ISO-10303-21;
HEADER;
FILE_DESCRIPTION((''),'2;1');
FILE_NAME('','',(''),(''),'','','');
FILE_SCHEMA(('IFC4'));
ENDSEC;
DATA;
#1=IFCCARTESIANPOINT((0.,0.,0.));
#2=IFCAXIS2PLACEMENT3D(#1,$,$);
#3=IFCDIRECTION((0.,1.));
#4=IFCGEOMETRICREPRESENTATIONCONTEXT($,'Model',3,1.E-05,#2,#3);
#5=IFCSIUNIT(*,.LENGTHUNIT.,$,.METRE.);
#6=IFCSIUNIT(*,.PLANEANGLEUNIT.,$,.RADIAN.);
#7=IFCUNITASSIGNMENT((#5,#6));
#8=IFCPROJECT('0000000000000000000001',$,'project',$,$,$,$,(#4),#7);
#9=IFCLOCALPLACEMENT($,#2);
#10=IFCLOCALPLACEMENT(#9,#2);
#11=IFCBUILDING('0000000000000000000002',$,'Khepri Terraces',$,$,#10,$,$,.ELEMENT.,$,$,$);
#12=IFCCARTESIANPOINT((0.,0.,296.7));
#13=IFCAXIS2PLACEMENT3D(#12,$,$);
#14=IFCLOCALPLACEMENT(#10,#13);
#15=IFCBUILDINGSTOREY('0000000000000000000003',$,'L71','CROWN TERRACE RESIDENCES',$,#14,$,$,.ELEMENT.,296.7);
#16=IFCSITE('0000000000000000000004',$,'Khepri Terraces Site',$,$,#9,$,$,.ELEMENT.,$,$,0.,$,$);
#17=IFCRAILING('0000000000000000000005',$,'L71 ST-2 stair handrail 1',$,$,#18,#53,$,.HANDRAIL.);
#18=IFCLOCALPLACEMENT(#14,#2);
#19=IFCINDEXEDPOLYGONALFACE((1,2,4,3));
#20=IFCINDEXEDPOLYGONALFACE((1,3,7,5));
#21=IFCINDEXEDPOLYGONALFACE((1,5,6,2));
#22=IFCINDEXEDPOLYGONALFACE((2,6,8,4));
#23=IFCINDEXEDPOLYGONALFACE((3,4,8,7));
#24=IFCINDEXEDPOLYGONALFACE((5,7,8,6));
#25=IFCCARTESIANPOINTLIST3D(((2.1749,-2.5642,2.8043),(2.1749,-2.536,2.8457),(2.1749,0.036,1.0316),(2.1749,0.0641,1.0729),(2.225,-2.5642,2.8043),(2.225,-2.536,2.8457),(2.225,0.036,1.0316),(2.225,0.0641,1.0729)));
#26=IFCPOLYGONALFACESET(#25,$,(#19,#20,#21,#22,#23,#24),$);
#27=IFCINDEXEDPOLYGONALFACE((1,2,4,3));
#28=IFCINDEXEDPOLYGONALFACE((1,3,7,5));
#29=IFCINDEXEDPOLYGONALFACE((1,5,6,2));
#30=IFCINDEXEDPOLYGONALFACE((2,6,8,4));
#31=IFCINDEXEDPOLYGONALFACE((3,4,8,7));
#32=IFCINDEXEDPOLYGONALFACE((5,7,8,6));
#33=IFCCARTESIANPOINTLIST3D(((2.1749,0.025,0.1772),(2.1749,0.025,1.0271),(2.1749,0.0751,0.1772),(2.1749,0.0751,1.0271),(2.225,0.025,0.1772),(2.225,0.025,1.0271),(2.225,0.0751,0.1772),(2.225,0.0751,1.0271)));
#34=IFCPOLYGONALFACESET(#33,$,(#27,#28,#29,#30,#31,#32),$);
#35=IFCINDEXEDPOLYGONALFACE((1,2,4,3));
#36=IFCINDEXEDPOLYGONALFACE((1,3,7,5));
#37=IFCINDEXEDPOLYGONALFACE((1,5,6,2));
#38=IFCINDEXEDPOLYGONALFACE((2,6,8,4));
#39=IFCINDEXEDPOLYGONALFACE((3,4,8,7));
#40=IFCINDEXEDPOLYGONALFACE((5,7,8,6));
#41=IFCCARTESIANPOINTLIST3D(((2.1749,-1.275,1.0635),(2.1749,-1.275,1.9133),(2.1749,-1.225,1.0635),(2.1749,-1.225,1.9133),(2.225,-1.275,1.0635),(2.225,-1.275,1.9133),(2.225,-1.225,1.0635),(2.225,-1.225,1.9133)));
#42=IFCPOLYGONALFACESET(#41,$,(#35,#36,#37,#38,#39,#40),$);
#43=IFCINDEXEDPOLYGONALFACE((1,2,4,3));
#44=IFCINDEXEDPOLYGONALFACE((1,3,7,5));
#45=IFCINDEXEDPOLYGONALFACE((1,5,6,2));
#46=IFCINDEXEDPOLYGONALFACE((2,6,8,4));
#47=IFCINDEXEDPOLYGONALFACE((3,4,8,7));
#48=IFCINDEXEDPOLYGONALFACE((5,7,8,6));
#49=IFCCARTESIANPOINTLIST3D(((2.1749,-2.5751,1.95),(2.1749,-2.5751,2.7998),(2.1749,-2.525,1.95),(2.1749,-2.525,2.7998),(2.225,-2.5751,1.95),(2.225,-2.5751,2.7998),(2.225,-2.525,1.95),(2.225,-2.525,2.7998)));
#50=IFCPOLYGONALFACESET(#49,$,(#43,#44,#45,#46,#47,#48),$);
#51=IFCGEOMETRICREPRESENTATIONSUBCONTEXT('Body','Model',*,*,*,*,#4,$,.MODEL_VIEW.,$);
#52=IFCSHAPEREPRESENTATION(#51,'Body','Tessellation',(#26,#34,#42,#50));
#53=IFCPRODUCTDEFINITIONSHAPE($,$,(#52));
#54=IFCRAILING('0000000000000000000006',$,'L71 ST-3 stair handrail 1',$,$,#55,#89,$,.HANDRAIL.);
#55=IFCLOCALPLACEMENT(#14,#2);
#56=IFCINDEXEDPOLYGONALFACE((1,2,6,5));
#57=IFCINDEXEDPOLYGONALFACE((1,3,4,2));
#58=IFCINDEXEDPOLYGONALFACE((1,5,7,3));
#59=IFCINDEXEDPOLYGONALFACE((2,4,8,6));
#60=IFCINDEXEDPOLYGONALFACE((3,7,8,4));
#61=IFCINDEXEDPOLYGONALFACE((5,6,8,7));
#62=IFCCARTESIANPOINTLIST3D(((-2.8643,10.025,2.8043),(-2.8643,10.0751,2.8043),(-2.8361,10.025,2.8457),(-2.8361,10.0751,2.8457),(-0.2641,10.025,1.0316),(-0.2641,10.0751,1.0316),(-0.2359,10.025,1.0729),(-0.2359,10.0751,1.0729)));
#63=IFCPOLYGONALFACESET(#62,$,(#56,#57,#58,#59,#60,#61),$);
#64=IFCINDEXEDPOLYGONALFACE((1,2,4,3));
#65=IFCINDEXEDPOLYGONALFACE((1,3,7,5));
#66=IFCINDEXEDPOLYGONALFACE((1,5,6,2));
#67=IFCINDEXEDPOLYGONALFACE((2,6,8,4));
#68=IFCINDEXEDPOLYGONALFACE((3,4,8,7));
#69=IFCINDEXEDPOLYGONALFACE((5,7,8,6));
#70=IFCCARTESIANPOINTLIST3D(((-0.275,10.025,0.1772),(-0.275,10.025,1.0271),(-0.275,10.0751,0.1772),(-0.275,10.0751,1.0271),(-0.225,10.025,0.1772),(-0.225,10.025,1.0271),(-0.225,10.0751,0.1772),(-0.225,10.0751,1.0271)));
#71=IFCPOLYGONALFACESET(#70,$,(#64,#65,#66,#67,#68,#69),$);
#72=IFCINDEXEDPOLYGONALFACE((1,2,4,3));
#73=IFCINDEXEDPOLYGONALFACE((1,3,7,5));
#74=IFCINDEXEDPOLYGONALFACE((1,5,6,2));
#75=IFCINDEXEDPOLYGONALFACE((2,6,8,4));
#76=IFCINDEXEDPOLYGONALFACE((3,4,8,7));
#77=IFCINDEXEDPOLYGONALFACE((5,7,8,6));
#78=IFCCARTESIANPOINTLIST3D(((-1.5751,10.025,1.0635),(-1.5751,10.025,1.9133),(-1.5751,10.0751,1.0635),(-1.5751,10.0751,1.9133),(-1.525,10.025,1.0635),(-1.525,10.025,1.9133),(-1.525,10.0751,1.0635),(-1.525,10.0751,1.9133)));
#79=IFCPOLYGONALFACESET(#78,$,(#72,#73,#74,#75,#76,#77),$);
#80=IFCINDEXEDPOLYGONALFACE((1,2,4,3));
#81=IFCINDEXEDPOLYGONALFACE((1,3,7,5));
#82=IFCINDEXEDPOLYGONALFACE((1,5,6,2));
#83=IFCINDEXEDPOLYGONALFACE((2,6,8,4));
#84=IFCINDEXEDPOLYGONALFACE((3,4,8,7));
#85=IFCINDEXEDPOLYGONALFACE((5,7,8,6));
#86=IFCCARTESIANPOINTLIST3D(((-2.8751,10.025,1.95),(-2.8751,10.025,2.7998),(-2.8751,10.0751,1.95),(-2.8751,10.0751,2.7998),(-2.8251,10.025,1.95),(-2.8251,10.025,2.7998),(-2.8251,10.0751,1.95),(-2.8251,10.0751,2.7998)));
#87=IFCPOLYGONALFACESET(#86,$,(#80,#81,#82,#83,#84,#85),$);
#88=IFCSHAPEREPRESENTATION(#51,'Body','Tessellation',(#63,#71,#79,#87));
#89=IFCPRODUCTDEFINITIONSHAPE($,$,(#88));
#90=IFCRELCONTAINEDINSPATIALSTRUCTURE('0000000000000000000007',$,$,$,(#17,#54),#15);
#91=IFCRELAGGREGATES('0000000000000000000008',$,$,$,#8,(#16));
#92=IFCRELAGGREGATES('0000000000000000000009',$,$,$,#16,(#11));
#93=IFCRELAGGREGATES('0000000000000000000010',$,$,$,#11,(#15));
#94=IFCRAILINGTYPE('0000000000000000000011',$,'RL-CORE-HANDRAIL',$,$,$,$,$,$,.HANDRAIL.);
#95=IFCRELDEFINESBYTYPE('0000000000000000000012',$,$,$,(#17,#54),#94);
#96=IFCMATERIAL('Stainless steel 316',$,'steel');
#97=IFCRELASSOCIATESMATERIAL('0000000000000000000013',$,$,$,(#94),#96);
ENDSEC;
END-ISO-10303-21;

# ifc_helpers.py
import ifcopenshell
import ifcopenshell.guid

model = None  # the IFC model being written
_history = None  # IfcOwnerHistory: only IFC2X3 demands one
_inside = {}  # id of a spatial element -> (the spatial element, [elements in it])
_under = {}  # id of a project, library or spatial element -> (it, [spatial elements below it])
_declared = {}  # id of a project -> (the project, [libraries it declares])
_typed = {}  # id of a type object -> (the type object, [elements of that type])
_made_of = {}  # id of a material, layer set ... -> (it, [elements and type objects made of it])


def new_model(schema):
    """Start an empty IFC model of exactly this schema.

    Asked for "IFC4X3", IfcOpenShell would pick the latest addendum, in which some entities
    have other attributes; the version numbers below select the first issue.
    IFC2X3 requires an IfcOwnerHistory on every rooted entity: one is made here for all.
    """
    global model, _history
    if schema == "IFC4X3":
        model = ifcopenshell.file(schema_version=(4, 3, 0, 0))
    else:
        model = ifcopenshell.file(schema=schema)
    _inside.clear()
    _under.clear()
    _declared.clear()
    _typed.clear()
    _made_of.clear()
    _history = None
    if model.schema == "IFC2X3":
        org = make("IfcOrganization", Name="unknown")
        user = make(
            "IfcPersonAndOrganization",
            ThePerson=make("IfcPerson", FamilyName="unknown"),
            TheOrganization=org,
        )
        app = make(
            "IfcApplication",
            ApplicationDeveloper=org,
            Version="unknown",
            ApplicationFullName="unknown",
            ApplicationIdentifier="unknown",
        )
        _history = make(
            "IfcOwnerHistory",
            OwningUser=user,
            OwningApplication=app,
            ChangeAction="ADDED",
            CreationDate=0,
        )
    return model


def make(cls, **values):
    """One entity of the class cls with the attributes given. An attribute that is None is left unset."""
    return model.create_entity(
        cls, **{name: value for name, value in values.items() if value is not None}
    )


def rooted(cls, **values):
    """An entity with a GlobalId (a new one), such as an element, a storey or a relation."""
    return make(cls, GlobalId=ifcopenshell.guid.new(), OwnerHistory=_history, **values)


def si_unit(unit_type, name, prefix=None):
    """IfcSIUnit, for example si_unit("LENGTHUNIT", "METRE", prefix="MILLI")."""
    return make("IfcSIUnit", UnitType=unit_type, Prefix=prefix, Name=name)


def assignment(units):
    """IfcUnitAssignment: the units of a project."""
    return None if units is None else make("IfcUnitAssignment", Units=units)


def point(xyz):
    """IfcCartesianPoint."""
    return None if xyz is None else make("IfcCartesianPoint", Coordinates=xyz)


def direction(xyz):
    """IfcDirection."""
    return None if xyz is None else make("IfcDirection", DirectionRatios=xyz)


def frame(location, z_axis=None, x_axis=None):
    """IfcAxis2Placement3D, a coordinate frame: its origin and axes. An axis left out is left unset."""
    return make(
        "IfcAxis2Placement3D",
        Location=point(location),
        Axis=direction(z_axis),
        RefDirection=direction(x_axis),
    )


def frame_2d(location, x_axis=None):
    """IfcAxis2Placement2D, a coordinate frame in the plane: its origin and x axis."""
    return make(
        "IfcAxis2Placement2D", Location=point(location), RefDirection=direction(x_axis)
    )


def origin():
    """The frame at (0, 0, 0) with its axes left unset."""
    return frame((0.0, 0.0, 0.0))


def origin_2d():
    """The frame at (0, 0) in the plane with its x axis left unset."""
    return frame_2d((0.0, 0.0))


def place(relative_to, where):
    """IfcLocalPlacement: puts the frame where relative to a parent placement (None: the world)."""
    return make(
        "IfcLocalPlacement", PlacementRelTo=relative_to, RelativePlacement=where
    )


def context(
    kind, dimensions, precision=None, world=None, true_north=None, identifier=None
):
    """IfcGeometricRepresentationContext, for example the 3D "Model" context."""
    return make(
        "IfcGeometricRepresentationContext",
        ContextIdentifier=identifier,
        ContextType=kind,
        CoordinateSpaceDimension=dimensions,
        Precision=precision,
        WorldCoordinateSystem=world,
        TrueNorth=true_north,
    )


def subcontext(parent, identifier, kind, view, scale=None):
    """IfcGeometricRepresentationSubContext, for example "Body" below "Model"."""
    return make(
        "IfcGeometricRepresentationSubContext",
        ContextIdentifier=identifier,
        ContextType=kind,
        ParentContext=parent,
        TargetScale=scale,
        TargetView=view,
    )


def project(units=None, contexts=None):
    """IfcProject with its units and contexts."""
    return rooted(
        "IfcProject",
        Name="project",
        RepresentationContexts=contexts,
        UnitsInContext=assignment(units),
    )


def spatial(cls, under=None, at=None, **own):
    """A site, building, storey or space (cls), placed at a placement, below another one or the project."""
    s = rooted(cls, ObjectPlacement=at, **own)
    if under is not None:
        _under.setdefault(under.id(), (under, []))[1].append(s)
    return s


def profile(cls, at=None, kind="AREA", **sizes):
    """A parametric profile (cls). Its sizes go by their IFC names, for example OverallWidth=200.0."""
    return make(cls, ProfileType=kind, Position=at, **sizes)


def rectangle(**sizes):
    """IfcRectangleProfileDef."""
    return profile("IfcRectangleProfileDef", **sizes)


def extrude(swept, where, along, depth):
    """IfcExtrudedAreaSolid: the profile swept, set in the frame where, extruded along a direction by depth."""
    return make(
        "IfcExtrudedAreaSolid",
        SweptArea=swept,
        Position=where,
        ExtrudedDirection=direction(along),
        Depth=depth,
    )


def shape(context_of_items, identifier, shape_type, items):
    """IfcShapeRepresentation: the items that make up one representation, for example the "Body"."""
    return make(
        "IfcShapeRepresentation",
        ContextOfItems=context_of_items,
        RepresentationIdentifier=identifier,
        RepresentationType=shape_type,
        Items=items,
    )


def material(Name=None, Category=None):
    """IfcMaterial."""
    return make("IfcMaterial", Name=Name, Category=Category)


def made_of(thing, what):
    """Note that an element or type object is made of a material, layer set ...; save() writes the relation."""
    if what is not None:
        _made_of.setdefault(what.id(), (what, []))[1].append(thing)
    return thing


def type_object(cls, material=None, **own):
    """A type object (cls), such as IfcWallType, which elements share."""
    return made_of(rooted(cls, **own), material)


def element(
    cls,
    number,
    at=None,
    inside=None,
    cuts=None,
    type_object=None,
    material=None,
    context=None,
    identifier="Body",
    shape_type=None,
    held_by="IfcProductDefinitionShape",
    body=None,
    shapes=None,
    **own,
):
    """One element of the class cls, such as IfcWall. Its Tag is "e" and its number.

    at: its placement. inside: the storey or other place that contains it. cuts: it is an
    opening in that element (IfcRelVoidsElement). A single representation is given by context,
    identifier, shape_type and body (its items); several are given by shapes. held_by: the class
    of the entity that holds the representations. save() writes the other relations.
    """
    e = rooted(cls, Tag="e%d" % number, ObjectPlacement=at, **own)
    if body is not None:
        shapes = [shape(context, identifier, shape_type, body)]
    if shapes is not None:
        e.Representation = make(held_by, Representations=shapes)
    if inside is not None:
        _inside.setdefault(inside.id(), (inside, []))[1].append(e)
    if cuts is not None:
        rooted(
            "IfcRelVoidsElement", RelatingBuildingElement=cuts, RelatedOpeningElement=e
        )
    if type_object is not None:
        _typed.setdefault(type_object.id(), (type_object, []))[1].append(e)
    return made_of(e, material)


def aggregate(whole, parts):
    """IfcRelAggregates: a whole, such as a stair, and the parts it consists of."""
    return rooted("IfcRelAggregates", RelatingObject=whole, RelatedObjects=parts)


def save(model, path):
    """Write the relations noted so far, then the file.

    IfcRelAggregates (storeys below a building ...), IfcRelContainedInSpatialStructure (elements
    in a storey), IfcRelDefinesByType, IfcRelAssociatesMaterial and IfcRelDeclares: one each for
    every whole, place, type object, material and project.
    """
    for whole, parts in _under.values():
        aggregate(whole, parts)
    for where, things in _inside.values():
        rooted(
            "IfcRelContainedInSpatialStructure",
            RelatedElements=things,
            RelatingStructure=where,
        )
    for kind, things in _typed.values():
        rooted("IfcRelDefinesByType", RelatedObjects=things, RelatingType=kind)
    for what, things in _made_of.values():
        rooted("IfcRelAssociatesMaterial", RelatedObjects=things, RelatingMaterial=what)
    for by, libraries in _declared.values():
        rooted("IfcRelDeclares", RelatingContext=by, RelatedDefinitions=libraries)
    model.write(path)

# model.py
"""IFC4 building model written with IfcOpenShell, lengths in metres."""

from ifc_helpers import new_model, si_unit, direction, frame, origin, origin_2d, place, context, subcontext, project, spatial, rectangle, extrude, material, type_object, element, save


model = new_model("IFC4")

# Units and contexts
model_context = context("Model", 3, precision=1e-05, world=origin(), true_north=direction((0.0, 1.0)))
body_context = subcontext(model_context, "Body", "Model", "MODEL_VIEW")
ifc_project = project(units=[si_unit("LENGTHUNIT", "METRE"), si_unit("PLANEANGLEUNIT", "RADIAN")], contexts=[model_context])

# Site, building, storey
site_placement = place(None, origin())
site = spatial("IfcSite", under=ifc_project, at=site_placement, Name="Khepri Terraces Site", CompositionType="ELEMENT", RefElevation=0.0)
building_placement = place(site_placement, origin())
building = spatial("IfcBuilding", under=site, at=building_placement, Name="Khepri Terraces", CompositionType="ELEMENT")
storey_placement = place(building_placement, frame((0.0, 0.0, 296.7)))
storey = spatial("IfcBuildingStorey", under=building, at=storey_placement, Name="L71", Description="CROWN TERRACE RESIDENCES", CompositionType="ELEMENT", Elevation=296.7)

# Railings
ifc_material_1 = material(Name="Stainless steel 316", Category="steel")
railing_type_1 = type_object("IfcRailingType", Name="RL-CORE-HANDRAIL", PredefinedType="HANDRAIL", material=ifc_material_1)
railing_1_placement = place(storey_placement, frame((2.2, 0.05, 0.1772)))
element("IfcRailing", 1, at=railing_1_placement, inside=storey, type_object=railing_type_1, Name="L71 ST-2 stair handrail 1", PredefinedType="HANDRAIL", context=body_context, shape_type="SweptSolid", body=[
    extrude(rectangle(XDim=0.05, YDim=0.05, at=origin_2d()), frame((0.0, 0.0, 0.875), z_axis=(0.0, -0.82624, 0.563318), x_axis=(1.0, 0.0, 0.0)), (0.0, 0.0, 1.0), 3.147),
    extrude(rectangle(XDim=0.05, YDim=0.05, at=origin_2d()), origin(), (0.0, 0.0, 1.0), 0.8499),
    extrude(rectangle(XDim=0.05, YDim=0.05, at=origin_2d()), frame((0.0, -1.3, 0.8862)), (0.0, 0.0, 1.0), 0.8499),
    extrude(rectangle(XDim=0.05, YDim=0.05, at=origin_2d()), frame((0.0, -2.6001, 1.7727)), (0.0, 0.0, 1.0), 0.8499),
])
railing_2_placement = place(storey_placement, frame((-0.25, 10.05, 0.1772)))
element("IfcRailing", 2, at=railing_2_placement, inside=storey, type_object=railing_type_1, Name="L71 ST-3 stair handrail 1", PredefinedType="HANDRAIL", context=body_context, shape_type="SweptSolid", body=[
    extrude(rectangle(XDim=0.05, YDim=0.05, at=origin_2d()), frame((0.0, 0.0, 0.875), z_axis=(-0.82624, 0.0, 0.563318), x_axis=(0.0, -1.0, 0.0)), (0.0, 0.0, 1.0), 3.147),
    extrude(rectangle(XDim=0.05, YDim=0.05, at=origin_2d()), origin(), (0.0, 0.0, 1.0), 0.8499),
    extrude(rectangle(XDim=0.05, YDim=0.05, at=origin_2d()), frame((-1.3, 0.0, 0.8862)), (0.0, 0.0, 1.0), 0.8499),
    extrude(rectangle(XDim=0.05, YDim=0.05, at=origin_2d()), frame((-2.6001, 0.0, 1.7727)), (0.0, 0.0, 1.0), 0.8499),
])

save(model, "model.ifc")
